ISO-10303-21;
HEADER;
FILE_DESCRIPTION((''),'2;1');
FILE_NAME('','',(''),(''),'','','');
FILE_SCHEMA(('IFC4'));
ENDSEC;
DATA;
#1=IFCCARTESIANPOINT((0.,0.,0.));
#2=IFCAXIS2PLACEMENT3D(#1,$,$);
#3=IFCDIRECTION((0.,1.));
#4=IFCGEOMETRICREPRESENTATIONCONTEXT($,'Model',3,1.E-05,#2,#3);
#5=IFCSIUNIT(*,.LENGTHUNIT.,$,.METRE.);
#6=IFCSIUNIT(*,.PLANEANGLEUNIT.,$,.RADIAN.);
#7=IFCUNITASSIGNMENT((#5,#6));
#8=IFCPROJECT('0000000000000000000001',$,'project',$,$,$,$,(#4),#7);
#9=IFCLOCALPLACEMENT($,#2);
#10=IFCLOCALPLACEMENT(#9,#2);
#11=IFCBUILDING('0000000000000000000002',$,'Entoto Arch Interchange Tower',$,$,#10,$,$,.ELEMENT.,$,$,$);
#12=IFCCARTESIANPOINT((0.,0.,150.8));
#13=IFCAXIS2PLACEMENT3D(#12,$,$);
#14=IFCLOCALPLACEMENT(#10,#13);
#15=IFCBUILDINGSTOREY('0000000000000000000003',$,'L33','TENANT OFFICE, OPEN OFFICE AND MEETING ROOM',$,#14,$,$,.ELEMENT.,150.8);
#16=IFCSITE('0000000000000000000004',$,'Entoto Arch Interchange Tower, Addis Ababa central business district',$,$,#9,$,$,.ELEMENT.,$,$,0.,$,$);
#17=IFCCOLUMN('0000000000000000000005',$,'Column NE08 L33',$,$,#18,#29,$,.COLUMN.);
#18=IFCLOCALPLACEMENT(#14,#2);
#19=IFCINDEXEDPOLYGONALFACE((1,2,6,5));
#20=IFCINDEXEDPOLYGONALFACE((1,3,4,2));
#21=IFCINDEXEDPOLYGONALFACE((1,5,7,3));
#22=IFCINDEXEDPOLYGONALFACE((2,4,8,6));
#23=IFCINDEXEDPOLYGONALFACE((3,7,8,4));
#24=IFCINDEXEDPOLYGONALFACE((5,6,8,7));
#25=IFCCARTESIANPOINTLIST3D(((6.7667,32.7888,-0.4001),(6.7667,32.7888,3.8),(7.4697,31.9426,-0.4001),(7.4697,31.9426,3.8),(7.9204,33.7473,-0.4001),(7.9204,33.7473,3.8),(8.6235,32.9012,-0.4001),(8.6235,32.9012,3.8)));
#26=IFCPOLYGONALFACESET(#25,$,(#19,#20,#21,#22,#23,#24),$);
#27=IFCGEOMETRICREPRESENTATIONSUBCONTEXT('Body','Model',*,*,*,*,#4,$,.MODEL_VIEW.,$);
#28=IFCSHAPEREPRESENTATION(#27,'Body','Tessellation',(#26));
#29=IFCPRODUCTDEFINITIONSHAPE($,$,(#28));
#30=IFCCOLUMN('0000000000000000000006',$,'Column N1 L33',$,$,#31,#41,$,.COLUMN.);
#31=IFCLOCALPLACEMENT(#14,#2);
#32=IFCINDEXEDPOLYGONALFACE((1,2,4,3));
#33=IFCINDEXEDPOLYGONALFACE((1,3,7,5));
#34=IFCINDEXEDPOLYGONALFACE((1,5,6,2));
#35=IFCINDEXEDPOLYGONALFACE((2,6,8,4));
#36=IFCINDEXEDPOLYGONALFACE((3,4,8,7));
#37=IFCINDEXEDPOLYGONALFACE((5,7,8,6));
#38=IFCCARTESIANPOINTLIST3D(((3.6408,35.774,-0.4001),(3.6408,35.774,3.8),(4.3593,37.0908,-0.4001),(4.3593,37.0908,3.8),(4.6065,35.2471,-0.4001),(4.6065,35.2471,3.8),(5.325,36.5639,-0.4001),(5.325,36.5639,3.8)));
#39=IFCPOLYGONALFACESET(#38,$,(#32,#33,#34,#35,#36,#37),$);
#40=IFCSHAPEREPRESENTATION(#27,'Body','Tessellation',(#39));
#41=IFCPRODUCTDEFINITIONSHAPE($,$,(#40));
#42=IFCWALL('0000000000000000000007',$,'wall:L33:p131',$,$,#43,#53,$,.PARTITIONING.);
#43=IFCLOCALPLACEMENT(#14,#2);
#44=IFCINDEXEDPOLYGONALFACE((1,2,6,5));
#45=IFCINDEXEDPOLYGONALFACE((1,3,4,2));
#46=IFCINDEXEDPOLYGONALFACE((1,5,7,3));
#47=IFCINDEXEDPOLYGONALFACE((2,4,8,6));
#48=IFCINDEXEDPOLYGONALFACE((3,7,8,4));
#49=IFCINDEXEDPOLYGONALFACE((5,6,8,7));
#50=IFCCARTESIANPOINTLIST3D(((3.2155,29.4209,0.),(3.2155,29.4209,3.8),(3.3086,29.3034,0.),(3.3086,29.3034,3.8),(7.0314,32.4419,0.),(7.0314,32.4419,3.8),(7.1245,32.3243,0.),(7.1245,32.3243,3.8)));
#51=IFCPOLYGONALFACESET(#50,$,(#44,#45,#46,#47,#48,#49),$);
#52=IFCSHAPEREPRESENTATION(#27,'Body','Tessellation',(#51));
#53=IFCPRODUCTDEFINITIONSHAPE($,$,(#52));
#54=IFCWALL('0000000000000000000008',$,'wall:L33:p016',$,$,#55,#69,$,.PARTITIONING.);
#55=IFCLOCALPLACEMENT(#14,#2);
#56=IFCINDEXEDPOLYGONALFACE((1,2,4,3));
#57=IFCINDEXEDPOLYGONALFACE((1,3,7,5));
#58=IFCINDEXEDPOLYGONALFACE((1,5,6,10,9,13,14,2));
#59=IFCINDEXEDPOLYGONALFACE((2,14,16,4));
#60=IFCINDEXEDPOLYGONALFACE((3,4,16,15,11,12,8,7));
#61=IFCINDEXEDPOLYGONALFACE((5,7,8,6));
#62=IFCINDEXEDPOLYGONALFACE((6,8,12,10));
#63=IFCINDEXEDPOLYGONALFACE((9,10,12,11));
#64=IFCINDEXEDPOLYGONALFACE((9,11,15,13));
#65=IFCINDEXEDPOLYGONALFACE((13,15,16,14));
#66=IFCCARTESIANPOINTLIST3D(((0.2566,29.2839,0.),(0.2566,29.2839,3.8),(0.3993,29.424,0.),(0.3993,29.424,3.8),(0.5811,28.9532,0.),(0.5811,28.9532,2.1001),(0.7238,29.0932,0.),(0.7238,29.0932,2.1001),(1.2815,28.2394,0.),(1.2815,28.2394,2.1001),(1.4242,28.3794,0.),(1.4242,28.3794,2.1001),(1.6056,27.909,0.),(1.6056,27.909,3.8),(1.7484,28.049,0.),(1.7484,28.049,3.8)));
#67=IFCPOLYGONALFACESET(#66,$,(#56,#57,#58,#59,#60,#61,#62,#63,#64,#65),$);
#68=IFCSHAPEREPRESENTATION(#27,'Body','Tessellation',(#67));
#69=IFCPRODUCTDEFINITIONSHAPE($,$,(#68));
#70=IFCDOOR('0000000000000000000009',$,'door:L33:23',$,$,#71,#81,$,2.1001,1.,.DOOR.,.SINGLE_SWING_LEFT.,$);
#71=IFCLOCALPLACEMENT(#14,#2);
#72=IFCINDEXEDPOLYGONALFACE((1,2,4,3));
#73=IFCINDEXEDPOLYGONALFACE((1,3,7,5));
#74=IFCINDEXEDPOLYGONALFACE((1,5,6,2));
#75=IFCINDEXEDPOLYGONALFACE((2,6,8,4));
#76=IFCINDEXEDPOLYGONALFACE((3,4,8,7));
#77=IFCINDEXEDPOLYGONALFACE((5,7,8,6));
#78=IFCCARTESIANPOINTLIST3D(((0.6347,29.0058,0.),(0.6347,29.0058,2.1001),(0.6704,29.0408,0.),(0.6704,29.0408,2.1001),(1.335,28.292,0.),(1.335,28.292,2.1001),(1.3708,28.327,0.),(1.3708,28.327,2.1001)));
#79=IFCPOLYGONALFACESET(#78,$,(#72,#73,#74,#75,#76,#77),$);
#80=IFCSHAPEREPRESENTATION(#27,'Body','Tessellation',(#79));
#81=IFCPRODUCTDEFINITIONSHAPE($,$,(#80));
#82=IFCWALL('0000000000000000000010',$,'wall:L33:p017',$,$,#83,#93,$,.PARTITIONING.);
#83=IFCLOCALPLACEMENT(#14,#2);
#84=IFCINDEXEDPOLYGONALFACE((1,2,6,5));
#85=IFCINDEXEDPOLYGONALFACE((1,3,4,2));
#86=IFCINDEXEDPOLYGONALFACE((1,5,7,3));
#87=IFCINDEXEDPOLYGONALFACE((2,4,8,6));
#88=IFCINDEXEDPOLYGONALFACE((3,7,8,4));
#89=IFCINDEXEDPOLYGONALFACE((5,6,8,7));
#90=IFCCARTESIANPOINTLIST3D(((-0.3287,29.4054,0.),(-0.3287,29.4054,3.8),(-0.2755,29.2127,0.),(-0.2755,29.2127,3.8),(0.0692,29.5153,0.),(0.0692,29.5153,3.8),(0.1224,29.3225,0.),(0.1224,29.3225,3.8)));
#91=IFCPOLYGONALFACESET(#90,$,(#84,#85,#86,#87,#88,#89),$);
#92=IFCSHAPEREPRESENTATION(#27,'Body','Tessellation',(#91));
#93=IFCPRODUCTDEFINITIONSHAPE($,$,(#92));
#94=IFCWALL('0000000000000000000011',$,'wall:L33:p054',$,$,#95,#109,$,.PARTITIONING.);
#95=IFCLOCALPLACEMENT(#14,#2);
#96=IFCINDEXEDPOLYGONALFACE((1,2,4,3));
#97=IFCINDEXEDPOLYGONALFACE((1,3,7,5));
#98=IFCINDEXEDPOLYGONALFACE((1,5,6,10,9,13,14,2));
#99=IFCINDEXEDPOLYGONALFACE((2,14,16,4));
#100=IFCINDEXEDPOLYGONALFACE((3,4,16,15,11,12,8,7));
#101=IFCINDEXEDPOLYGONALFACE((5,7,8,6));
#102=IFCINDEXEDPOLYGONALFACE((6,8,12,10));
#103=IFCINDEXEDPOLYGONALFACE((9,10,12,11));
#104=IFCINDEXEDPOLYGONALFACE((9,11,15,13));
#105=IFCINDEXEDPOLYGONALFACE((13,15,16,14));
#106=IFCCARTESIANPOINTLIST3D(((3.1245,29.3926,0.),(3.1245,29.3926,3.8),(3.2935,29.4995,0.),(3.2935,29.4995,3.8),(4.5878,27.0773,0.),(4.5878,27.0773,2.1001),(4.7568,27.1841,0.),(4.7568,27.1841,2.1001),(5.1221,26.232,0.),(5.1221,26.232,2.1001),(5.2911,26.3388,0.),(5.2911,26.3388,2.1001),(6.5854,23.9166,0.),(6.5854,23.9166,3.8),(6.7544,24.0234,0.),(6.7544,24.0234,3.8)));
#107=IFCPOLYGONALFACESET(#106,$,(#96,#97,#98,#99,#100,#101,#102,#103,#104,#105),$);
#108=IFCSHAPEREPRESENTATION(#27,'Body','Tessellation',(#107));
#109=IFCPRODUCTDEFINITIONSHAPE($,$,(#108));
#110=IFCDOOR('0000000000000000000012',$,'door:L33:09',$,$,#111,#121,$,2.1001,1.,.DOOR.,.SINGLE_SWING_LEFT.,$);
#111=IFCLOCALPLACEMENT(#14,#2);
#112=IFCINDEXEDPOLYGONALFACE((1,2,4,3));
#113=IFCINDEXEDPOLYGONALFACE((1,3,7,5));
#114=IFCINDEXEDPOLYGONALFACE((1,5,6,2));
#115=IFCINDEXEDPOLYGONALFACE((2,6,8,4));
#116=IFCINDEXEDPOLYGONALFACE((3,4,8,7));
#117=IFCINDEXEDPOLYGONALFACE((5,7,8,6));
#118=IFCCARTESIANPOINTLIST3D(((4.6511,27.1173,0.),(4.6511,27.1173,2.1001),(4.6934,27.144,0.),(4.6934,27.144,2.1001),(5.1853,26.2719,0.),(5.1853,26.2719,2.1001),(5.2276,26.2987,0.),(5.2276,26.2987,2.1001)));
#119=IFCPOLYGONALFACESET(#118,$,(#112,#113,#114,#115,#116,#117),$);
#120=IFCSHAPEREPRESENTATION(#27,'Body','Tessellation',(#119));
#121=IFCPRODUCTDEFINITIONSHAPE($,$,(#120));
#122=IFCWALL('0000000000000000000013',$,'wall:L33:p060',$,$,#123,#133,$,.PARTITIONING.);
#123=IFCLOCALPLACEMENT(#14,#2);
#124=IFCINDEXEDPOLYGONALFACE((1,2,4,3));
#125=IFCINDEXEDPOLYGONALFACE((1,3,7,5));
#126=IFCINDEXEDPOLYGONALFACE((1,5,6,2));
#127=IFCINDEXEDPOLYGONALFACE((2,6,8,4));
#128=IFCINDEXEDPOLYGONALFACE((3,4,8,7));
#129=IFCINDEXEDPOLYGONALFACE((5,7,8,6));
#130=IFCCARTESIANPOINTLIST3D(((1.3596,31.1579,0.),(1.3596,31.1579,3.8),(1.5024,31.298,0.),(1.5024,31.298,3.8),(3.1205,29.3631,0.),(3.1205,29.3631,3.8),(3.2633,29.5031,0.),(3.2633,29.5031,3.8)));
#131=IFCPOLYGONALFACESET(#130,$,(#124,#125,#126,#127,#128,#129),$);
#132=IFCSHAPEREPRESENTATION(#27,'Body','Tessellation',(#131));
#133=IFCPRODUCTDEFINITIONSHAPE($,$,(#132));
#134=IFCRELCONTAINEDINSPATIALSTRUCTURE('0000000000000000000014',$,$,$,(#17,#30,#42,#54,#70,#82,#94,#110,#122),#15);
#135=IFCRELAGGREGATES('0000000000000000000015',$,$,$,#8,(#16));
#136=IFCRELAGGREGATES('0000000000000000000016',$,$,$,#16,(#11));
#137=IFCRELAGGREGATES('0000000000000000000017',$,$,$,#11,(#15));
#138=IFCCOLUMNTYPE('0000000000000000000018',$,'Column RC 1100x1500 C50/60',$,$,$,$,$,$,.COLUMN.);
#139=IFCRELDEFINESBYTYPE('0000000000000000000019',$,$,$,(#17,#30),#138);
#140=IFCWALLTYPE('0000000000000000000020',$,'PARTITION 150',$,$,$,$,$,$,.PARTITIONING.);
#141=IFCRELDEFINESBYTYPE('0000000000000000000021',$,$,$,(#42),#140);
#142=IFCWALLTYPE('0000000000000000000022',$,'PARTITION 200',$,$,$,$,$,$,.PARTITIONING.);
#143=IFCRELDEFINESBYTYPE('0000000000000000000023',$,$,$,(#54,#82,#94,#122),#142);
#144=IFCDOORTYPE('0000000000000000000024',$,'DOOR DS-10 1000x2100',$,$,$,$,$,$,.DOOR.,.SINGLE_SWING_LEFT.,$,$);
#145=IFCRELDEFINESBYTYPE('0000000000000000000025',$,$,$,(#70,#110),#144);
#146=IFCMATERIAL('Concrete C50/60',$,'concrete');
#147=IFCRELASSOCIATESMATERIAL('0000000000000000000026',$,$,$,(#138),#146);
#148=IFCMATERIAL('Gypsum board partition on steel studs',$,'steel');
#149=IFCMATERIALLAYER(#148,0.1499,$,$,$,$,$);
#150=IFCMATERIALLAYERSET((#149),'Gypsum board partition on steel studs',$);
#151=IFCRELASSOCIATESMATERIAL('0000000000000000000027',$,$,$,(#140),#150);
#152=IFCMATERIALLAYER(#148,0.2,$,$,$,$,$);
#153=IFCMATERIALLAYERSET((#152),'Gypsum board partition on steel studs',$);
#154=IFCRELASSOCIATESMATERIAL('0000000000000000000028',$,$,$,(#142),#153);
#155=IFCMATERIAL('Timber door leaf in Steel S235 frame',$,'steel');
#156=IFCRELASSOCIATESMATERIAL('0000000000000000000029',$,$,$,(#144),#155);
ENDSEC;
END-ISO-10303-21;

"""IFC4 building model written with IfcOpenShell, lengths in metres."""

from ifc_helpers import new_model, si_unit, direction, frame, frame_2d, origin, origin_2d, place, context, subcontext, project, spatial, rectangle, extrude, material, layer, layer_set, material_profile, profile_set, type_object, element, fill, save


model = new_model("IFC4")

# Units and contexts
model_context = context("Model", 3, precision=1e-05, world=origin(), true_north=direction((0.0, 1.0)))
body_context = subcontext(model_context, "Body", "Model", "MODEL_VIEW")
ifc_project = project(units=[si_unit("LENGTHUNIT", "METRE"), si_unit("PLANEANGLEUNIT", "RADIAN")], contexts=[model_context])

# Site, building, storey
site_placement = place(None, origin())
site = spatial("IfcSite", under=ifc_project, at=site_placement, Name="Entoto Arch Interchange Tower, Addis Ababa central business district", CompositionType="ELEMENT", RefElevation=0.0)
building_placement = place(site_placement, origin())
building = spatial("IfcBuilding", under=site, at=building_placement, Name="Entoto Arch Interchange Tower", CompositionType="ELEMENT")
storey_placement = place(building_placement, frame((0.0, 0.0, 150.8)))
storey = spatial("IfcBuildingStorey", under=building, at=storey_placement, Name="L33", Description="TENANT OFFICE, OPEN OFFICE AND MEETING ROOM", CompositionType="ELEMENT", Elevation=150.8)

# Columns
ifc_material_1 = material(Name="Concrete C50/60", Category="concrete")
ifc_material_profile = material_profile(ifc_material_1, rectangle(XDim=1.1001, YDim=1.5, at=origin_2d()))
ifc_profile_set = profile_set([ifc_material_profile], Name="Concrete C50/60")
column_type = type_object("IfcColumnType", Name="Column RC 1100x1500 C50/60", PredefinedType="COLUMN", material=ifc_profile_set)
for number, where, z_axis, x_axis, name in (
    (1, (7.6951, 32.845, -0.4001), (0.0, 0.0, 1.0), (-0.63905, 0.769165, 0.0), "Column NE08 L33"),
    (2, (4.4829, 36.1689, -0.4001), (0.0, 0.0, 1.0), (-0.877833, 0.478968, 0.0), "Column N1 L33"),
):
    element("IfcColumn", number, at=place(storey_placement, frame(where, z_axis=z_axis, x_axis=x_axis)), inside=storey, type_object=column_type, Name=name, PredefinedType="COLUMN", context=body_context, shape_type="SweptSolid", body=[
        extrude(rectangle(XDim=1.1001, YDim=1.5, at=origin_2d()), origin(), (0.0, 0.0, 1.0), 4.2002),
    ])

# Wall
ifc_material_2 = material(Name="Gypsum board partition on steel studs", Category="steel")
ifc_layer_1 = layer(ifc_material_2, 0.1499)
ifc_layer_set_1 = layer_set([ifc_layer_1], Name="Gypsum board partition on steel studs")
wall_type_1 = type_object("IfcWallType", Name="PARTITION 150", PredefinedType="PARTITIONING", material=ifc_layer_set_1)
wall_1_placement = place(storey_placement, frame((3.262, 29.3621, 0.0), z_axis=(0.0, 0.0, 1.0), x_axis=(0.78404, 0.620711, 0.0)))
element("IfcWall", 3, at=wall_1_placement, inside=storey, type_object=wall_type_1, Name="wall:L33:p131", PredefinedType="PARTITIONING", context=body_context, shape_type="SweptSolid", body=[
    extrude(rectangle(XDim=4.8669, YDim=0.1499, at=frame_2d((2.4336, 0.0))), origin(), (0.0, 0.0, 1.0), 3.8),
])

# Wall, opening, door
ifc_layer_2 = layer(ifc_material_2, 0.2)
ifc_layer_set_2 = layer_set([ifc_layer_2], Name="Gypsum board partition on steel studs")
wall_type_2 = type_object("IfcWallType", Name="PARTITION 200", PredefinedType="PARTITIONING", material=ifc_layer_set_2)
wall_2_placement = place(storey_placement, frame((1.677, 27.979, 0.0), z_axis=(0.0, 0.0, 1.0), x_axis=(-0.700358, 0.713792, 0.0)))
wall_2 = element("IfcWall", 4, at=wall_2_placement, inside=storey, type_object=wall_type_2, Name="wall:L33:p016", PredefinedType="PARTITIONING", context=body_context, shape_type="SweptSolid", body=[
    extrude(rectangle(XDim=1.9263, YDim=0.2, at=frame_2d((0.9631, 0.0))), origin(), (0.0, 0.0, 1.0), 3.8),
])
opening_1_placement = place(wall_2_placement, frame((0.4629, 0.0, 0.0)))
opening_1 = element("IfcOpeningElement", 5, at=opening_1_placement, cuts=wall_2, PredefinedType="OPENING", context=body_context, shape_type="SweptSolid", body=[
    extrude(rectangle(XDim=1.0, YDim=2.1001, at=frame_2d((0.5, 1.05))), frame((0.0, 0.1099, 0.0), z_axis=(0.0, -1.0, 0.0), x_axis=(1.0, 0.0, 0.0)), (0.0, 0.0, 1.0), 0.22),
])
ifc_material_3 = material(Name="Timber door leaf in Steel S235 frame", Category="steel")
door_type = type_object("IfcDoorType", Name="DOOR DS-10 1000x2100", OperationType="SINGLE_SWING_LEFT", PredefinedType="DOOR", material=ifc_material_3)
door_1_placement = place(opening_1_placement, origin())
door_1 = element("IfcDoor", 6, at=door_1_placement, inside=storey, type_object=door_type, Name="door:L33:23", OperationType="SINGLE_SWING_LEFT", OverallHeight=2.1001, OverallWidth=1.0, PredefinedType="DOOR", context=body_context, shape_type="SweptSolid", body=[
    extrude(rectangle(XDim=1.0, YDim=2.1001, at=frame_2d((0.5, 1.05))), frame((0.0, 0.0249, 0.0), z_axis=(0.0, -1.0, 0.0), x_axis=(1.0, 0.0, 0.0)), (0.0, 0.0, 1.0), 0.05),
])
fill(opening_1, door_1)

# Wall
wall_3_placement = place(storey_placement, frame((0.0959, 29.4189, 0.0), z_axis=(0.0, 0.0, 1.0), x_axis=(-0.96394, -0.266118, 0.0)))
element("IfcWall", 7, at=wall_3_placement, inside=storey, type_object=wall_type_2, Name="wall:L33:p017", PredefinedType="PARTITIONING", context=body_context, shape_type="SweptSolid", body=[
    extrude(rectangle(XDim=0.4128, YDim=0.2, at=frame_2d((0.2065, 0.0))), origin(), (0.0, 0.0, 1.0), 3.8),
])

# Wall, opening, door
wall_4_placement = place(storey_placement, frame((3.209, 29.446, 0.0), z_axis=(0.0, 0.0, 1.0), x_axis=(0.534254, -0.845324, 0.0)))
wall_4 = element("IfcWall", 8, at=wall_4_placement, inside=storey, type_object=wall_type_2, Name="wall:L33:p054", PredefinedType="PARTITIONING", context=body_context, shape_type="SweptSolid", body=[
    extrude(rectangle(XDim=6.478, YDim=0.2, at=frame_2d((3.239, 0.0))), origin(), (0.0, 0.0, 1.0), 3.8),
])
opening_2_placement = place(wall_4_placement, frame((2.739, 0.0, 0.0)))
opening_2 = element("IfcOpeningElement", 9, at=opening_2_placement, cuts=wall_4, PredefinedType="OPENING", context=body_context, shape_type="SweptSolid", body=[
    extrude(rectangle(XDim=1.0, YDim=2.1001, at=frame_2d((0.5, 1.05))), frame((0.0, 0.1099, 0.0), z_axis=(0.0, -1.0, 0.0), x_axis=(1.0, 0.0, 0.0)), (0.0, 0.0, 1.0), 0.22),
])
door_2_placement = place(opening_2_placement, origin())
door_2 = element("IfcDoor", 10, at=door_2_placement, inside=storey, type_object=door_type, Name="door:L33:09", OperationType="SINGLE_SWING_LEFT", OverallHeight=2.1001, OverallWidth=1.0, PredefinedType="DOOR", context=body_context, shape_type="SweptSolid", body=[
    extrude(rectangle(XDim=1.0, YDim=2.1001, at=frame_2d((0.5, 1.05))), frame((0.0, 0.0249, 0.0), z_axis=(0.0, -1.0, 0.0), x_axis=(1.0, 0.0, 0.0)), (0.0, 0.0, 1.0), 0.05),
])
fill(opening_2, door_2)

# Wall
wall_5_placement = place(storey_placement, frame((1.4309, 31.228, 0.0), z_axis=(0.0, 0.0, 1.0), x_axis=(0.700327, -0.713822, 0.0)))
element("IfcWall", 11, at=wall_5_placement, inside=storey, type_object=wall_type_2, Name="wall:L33:p060", PredefinedType="PARTITIONING", context=body_context, shape_type="SweptSolid", body=[
    extrude(rectangle(XDim=2.5144, YDim=0.2, at=frame_2d((1.2573, 0.0))), origin(), (0.0, 0.0, 1.0), 3.8),
])

save(model, "model.ifc")
